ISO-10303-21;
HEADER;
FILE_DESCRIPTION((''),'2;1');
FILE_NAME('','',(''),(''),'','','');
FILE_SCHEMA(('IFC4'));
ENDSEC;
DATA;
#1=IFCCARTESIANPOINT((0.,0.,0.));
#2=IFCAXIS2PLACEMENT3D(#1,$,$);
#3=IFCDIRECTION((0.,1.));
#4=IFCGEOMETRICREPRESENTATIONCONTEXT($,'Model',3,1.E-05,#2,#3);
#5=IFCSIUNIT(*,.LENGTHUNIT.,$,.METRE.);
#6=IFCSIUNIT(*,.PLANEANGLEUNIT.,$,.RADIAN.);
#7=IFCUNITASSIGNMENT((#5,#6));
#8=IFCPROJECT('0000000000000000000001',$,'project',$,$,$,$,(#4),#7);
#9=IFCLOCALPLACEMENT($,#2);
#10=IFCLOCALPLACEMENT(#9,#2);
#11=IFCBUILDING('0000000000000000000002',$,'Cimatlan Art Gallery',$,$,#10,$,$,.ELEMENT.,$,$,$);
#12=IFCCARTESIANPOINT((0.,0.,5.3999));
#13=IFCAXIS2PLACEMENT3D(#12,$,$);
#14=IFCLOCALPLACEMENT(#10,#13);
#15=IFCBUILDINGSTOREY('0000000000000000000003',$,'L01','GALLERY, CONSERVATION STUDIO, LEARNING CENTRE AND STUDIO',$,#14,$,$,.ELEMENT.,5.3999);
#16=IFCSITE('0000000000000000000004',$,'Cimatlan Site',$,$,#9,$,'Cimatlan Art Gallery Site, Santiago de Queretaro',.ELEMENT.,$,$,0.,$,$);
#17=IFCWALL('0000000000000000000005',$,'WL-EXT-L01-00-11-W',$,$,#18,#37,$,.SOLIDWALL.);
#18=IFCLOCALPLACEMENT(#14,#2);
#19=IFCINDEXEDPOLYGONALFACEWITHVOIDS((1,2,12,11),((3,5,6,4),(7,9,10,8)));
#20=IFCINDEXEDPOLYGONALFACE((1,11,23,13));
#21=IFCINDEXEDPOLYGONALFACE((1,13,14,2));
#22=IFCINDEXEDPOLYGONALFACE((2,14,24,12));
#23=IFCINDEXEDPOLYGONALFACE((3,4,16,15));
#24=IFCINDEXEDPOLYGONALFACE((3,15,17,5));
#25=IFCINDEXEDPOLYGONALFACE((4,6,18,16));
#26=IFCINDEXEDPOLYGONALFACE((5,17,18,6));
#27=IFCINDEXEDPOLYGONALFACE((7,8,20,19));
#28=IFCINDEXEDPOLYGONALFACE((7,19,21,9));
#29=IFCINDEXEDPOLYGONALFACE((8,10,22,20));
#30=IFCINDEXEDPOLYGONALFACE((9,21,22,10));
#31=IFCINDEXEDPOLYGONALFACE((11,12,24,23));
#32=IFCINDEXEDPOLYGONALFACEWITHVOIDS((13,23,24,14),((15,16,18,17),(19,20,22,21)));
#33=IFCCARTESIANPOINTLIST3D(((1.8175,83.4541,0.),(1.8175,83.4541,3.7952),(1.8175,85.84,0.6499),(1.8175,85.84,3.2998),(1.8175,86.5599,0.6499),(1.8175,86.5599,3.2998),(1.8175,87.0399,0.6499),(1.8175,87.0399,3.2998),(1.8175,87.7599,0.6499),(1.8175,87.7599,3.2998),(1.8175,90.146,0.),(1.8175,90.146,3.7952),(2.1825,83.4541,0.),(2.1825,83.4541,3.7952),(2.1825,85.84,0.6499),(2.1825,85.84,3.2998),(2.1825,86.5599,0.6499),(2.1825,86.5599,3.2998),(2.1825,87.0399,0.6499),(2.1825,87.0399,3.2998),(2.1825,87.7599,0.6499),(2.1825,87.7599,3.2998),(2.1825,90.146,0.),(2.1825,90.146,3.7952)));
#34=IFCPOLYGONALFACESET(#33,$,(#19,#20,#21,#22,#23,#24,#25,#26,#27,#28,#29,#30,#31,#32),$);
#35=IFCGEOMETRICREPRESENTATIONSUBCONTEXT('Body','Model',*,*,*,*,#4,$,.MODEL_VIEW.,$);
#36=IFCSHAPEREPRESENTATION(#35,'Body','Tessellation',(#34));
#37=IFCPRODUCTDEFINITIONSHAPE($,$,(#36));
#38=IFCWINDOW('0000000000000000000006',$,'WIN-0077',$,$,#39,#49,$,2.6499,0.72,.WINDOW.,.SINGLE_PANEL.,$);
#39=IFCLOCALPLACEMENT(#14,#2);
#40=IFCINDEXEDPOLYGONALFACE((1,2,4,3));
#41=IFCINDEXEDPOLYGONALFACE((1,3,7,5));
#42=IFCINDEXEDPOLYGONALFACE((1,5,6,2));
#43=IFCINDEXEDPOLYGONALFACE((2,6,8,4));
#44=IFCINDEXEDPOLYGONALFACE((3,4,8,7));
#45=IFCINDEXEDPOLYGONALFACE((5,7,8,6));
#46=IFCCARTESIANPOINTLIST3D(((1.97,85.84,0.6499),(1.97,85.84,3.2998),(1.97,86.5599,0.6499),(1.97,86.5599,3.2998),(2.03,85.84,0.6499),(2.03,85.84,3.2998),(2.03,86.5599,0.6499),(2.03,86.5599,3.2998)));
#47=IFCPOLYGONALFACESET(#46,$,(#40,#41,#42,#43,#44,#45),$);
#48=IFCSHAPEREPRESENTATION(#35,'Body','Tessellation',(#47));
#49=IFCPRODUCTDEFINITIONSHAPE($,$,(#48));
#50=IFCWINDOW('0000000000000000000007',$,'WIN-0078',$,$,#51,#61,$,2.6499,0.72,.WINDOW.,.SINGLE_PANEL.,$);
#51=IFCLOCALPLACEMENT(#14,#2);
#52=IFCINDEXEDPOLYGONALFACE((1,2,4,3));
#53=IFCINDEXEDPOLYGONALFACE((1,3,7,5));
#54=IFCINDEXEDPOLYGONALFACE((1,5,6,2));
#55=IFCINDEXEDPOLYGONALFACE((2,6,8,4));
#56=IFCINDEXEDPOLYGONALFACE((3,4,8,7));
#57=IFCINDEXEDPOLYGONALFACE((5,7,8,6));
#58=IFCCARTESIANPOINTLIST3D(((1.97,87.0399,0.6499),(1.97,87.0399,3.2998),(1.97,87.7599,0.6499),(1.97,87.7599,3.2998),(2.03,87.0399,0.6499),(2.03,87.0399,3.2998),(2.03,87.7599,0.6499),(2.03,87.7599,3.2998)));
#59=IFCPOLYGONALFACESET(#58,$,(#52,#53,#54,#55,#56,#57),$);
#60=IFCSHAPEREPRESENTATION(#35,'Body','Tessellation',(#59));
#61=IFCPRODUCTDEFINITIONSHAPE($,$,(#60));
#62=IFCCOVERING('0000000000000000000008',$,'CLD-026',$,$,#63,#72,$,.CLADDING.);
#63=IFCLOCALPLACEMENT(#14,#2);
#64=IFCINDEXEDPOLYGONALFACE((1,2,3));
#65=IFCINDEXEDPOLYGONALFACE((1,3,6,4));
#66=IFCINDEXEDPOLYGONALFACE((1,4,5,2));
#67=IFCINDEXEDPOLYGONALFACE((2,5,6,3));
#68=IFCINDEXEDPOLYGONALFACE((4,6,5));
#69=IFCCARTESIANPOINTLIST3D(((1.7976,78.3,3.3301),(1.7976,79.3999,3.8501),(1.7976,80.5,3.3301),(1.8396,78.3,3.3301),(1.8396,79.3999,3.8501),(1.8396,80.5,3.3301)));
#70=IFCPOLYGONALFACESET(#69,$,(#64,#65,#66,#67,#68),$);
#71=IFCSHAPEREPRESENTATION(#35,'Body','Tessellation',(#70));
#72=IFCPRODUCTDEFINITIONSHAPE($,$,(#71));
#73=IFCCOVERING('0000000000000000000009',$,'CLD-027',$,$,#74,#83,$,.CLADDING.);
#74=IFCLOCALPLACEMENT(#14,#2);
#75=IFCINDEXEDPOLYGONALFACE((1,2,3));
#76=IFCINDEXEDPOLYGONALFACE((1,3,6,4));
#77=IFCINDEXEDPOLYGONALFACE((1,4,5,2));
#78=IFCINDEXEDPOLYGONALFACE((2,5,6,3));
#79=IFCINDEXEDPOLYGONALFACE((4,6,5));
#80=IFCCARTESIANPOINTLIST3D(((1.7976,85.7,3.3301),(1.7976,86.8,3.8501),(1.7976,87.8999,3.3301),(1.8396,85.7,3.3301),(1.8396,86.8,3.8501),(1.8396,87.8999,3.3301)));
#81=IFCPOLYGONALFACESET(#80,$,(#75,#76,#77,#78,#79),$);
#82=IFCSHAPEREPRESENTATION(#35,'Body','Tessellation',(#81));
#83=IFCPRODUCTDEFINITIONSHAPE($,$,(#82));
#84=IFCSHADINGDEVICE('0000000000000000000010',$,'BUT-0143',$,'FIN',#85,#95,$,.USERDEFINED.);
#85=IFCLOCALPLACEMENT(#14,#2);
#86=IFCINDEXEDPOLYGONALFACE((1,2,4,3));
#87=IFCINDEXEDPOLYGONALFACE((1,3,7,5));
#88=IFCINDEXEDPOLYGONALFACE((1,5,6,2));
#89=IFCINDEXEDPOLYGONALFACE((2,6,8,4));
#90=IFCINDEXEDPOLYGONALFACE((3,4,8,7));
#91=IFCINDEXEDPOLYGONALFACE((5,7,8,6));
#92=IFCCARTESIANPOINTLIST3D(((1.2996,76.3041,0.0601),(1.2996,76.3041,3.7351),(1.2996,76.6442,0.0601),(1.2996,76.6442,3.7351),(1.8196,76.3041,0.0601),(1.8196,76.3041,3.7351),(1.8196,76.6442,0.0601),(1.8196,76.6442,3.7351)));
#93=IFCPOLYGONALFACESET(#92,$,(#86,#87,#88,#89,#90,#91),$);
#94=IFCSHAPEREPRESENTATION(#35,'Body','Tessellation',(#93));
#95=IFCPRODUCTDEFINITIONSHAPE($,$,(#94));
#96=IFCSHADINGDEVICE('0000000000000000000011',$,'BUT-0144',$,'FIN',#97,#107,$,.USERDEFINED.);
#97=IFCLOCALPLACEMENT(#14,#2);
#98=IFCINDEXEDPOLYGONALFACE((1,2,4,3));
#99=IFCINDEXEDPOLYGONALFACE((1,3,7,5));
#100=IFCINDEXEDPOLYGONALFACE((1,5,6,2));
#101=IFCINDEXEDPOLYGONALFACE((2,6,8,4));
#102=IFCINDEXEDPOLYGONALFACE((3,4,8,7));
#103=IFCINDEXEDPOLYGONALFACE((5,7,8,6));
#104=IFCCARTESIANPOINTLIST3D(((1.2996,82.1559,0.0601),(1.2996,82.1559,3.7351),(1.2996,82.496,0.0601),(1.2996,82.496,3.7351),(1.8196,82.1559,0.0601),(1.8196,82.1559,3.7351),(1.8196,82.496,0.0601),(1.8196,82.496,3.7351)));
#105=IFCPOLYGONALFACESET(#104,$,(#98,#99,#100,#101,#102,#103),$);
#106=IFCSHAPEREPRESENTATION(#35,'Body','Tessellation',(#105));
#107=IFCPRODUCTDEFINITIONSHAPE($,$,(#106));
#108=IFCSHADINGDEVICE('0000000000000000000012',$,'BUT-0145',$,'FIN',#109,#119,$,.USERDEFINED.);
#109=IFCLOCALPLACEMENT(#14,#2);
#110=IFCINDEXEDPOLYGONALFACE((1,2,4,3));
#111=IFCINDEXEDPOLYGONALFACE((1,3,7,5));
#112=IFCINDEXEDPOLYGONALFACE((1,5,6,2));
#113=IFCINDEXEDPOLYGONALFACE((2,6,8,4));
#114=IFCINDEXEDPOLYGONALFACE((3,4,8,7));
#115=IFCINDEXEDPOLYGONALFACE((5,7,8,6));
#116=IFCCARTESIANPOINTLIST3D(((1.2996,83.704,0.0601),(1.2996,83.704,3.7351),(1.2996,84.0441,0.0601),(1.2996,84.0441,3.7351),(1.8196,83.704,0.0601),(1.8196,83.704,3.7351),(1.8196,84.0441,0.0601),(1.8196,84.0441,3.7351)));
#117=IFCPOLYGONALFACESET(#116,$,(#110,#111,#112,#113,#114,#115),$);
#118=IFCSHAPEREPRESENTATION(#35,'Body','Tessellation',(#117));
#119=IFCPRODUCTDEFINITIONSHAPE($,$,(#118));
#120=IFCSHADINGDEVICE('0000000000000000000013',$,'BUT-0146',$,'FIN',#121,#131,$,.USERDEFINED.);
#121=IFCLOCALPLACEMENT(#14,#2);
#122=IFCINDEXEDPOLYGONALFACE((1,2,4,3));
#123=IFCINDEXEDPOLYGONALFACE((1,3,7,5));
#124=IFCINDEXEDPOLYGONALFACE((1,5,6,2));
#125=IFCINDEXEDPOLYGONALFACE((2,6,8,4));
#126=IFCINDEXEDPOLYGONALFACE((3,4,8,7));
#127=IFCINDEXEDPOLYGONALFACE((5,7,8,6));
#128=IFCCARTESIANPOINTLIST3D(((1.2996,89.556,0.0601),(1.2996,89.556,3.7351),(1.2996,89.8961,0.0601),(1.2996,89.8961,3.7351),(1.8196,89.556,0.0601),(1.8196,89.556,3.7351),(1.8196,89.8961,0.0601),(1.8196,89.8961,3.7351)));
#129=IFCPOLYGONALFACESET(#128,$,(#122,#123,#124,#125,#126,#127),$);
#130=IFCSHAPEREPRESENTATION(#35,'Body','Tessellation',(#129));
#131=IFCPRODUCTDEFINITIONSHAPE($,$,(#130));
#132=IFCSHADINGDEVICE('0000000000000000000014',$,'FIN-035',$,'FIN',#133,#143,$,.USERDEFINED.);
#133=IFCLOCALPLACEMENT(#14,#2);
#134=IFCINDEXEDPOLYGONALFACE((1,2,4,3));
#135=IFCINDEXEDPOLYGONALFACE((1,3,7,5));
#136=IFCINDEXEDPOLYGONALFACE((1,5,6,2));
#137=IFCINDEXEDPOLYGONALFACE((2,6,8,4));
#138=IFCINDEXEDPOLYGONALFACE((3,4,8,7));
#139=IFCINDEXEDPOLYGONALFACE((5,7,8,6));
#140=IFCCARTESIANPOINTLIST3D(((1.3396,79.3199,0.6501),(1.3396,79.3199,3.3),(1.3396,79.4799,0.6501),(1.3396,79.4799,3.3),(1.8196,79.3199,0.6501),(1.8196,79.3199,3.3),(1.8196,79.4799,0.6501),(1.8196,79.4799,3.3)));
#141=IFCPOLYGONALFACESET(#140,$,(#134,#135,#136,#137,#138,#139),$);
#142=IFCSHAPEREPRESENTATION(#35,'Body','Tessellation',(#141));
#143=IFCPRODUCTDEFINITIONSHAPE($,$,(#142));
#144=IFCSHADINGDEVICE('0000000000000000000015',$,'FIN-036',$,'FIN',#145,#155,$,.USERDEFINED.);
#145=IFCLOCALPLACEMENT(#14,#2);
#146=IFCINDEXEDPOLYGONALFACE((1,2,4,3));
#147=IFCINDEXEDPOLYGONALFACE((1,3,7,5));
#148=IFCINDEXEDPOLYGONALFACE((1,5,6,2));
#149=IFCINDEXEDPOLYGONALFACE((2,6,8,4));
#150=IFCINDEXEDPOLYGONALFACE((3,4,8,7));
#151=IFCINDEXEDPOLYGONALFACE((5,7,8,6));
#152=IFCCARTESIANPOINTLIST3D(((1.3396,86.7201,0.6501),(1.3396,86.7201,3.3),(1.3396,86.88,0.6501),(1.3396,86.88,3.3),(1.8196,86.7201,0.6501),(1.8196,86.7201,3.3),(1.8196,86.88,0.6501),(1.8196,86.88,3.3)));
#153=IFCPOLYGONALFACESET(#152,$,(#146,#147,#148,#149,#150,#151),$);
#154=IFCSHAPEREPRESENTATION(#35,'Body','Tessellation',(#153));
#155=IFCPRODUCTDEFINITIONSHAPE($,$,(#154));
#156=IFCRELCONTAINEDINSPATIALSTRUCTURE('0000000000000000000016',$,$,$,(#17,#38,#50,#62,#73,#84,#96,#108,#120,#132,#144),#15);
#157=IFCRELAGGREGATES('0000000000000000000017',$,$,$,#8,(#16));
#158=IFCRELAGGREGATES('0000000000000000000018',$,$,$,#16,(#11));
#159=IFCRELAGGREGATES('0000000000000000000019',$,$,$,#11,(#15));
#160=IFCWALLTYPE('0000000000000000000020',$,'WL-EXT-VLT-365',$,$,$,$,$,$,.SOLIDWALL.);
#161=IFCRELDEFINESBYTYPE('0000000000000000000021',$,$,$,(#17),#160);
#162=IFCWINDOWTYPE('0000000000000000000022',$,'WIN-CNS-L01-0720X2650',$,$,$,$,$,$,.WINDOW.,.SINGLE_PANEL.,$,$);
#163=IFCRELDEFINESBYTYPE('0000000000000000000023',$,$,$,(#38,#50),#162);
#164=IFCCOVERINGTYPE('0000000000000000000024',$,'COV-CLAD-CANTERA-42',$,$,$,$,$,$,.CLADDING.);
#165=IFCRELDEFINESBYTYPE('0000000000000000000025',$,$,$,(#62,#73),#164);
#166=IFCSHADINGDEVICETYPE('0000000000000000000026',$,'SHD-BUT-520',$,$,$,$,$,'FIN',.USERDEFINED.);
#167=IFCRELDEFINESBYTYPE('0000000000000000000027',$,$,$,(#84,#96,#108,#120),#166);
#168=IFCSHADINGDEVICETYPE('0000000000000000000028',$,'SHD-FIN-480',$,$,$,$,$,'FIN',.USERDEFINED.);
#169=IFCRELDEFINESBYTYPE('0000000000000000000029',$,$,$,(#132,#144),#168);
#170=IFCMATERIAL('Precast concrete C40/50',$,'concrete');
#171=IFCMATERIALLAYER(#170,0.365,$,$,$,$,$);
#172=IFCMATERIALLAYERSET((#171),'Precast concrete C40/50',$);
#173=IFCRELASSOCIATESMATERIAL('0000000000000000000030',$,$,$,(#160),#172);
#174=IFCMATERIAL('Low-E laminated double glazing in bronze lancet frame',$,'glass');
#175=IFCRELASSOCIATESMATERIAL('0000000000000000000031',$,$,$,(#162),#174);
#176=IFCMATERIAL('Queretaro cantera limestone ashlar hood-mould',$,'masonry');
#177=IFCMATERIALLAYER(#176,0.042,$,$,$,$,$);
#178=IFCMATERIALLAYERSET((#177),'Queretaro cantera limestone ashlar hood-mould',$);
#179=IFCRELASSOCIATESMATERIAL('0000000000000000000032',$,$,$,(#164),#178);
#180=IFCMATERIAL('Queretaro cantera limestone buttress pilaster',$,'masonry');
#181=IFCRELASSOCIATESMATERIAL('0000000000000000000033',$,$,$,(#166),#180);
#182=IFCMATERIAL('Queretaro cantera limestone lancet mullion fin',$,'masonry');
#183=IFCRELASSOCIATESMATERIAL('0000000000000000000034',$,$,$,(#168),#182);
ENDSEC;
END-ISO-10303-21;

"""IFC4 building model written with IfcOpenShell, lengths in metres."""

from ifc_helpers import new_model, si_unit, direction, frame, frame_2d, origin, origin_2d, place, context, subcontext, project, spatial, polyline, rectangle, outline, extrude, material, layer, layer_set, type_object, element, fill, save


model = new_model("IFC4")

# Units and contexts
model_context = context("Model", 3, precision=1e-05, world=origin(), true_north=direction((0.0, 1.0)))
body_context = subcontext(model_context, "Body", "Model", "MODEL_VIEW")
ifc_project = project(units=[si_unit("LENGTHUNIT", "METRE"), si_unit("PLANEANGLEUNIT", "RADIAN")], contexts=[model_context])

# Site, building, storey
site_placement = place(None, origin())
site = spatial("IfcSite", under=ifc_project, at=site_placement, Name="Cimatlan Site", LongName="Cimatlan Art Gallery Site, Santiago de Queretaro", CompositionType="ELEMENT", RefElevation=0.0)
building_placement = place(site_placement, origin())
building = spatial("IfcBuilding", under=site, at=building_placement, Name="Cimatlan Art Gallery", CompositionType="ELEMENT")
storey_placement = place(building_placement, frame((0.0, 0.0, 5.3999)))
storey = spatial("IfcBuildingStorey", under=building, at=storey_placement, Name="L01", Description="GALLERY, CONSERVATION STUDIO, LEARNING CENTRE AND STUDIO", CompositionType="ELEMENT", Elevation=5.3999)

# Wall, openings, windows
ifc_material_1 = material(Name="Precast concrete C40/50", Category="concrete")
ifc_layer_1 = layer(ifc_material_1, 0.365)
ifc_layer_set_1 = layer_set([ifc_layer_1], Name="Precast concrete C40/50")
wall_type = type_object("IfcWallType", Name="WL-EXT-VLT-365", PredefinedType="SOLIDWALL", material=ifc_layer_set_1)
ifc_material_2 = material(Name="Low-E laminated double glazing in bronze lancet frame", Category="glass")
window_type = type_object("IfcWindowType", Name="WIN-CNS-L01-0720X2650", PartitioningType="SINGLE_PANEL", PredefinedType="WINDOW", material=ifc_material_2)
wall_1_placement = place(storey_placement, frame((2.0, 83.4541, 0.0), z_axis=(0.0, 0.0, 1.0), x_axis=(0.0, 1.0, 0.0)))
wall_1 = element("IfcWall", 1, at=wall_1_placement, inside=storey, type_object=wall_type, Name="WL-EXT-L01-00-11-W", PredefinedType="SOLIDWALL", context=body_context, shape_type="SweptSolid", body=[
    extrude(rectangle(XDim=6.6919, YDim=0.365, at=frame_2d((3.3459, 0.0))), origin(), (0.0, 0.0, 1.0), 3.7952),
])
opening_1_placement = place(wall_1_placement, frame((2.386, 0.0, 0.6499)))
opening_1 = element("IfcOpeningElement", 2, at=opening_1_placement, cuts=wall_1, PredefinedType="OPENING", context=body_context, shape_type="SweptSolid", body=[
    extrude(rectangle(XDim=0.72, YDim=2.6499, at=frame_2d((0.3599, 1.325))), frame((0.0, 0.1924, 0.0), z_axis=(0.0, -1.0, 0.0), x_axis=(1.0, 0.0, 0.0)), (0.0, 0.0, 1.0), 0.385),
])
opening_2_placement = place(wall_1_placement, frame((3.5859, 0.0, 0.6499)))
opening_2 = element("IfcOpeningElement", 3, at=opening_2_placement, cuts=wall_1, PredefinedType="OPENING", context=body_context, shape_type="SweptSolid", body=[
    extrude(rectangle(XDim=0.72, YDim=2.6499, at=frame_2d((0.3599, 1.325))), frame((0.0, 0.1924, 0.0), z_axis=(0.0, -1.0, 0.0), x_axis=(1.0, 0.0, 0.0)), (0.0, 0.0, 1.0), 0.385),
])
window_1_placement = place(opening_1_placement, origin())
window_1 = element("IfcWindow", 4, at=window_1_placement, inside=storey, type_object=window_type, Name="WIN-0077", OverallHeight=2.6499, OverallWidth=0.72, PartitioningType="SINGLE_PANEL", PredefinedType="WINDOW", context=body_context, shape_type="SweptSolid", body=[
    extrude(rectangle(XDim=0.72, YDim=2.6499, at=frame_2d((0.3599, 1.325))), frame((0.0, 0.03, 0.0), z_axis=(0.0, -1.0, 0.0), x_axis=(1.0, 0.0, 0.0)), (0.0, 0.0, 1.0), 0.0601),
])
fill(opening_1, window_1)
window_2_placement = place(opening_2_placement, origin())
window_2 = element("IfcWindow", 5, at=window_2_placement, inside=storey, type_object=window_type, Name="WIN-0078", OverallHeight=2.6499, OverallWidth=0.72, PartitioningType="SINGLE_PANEL", PredefinedType="WINDOW", context=body_context, shape_type="SweptSolid", body=[
    extrude(rectangle(XDim=0.72, YDim=2.6499, at=frame_2d((0.3599, 1.325))), frame((0.0, 0.03, 0.0), z_axis=(0.0, -1.0, 0.0), x_axis=(1.0, 0.0, 0.0)), (0.0, 0.0, 1.0), 0.0601),
])
fill(opening_2, window_2)

# Coverings
ifc_material_3 = material(Name="Queretaro cantera limestone ashlar hood-mould", Category="masonry")
ifc_layer_2 = layer(ifc_material_3, 0.042)
ifc_layer_set_2 = layer_set([ifc_layer_2], Name="Queretaro cantera limestone ashlar hood-mould")
covering_type = type_object("IfcCoveringType", Name="COV-CLAD-CANTERA-42", PredefinedType="CLADDING", material=ifc_layer_set_2)
covering_1_placement = place(storey_placement, frame((1.8396, 78.3, 3.3301), z_axis=(1.0, 0.0, 0.0), x_axis=(0.0, 1.0, 0.0)))
element("IfcCovering", 6, at=covering_1_placement, inside=storey, type_object=covering_type, Name="CLD-026", PredefinedType="CLADDING", context=body_context, shape_type="SweptSolid", body=[
    extrude(outline(polyline([(0.0, 0.0), (2.2, 0.0), (1.0999, 0.52), (0.0, 0.0)])), origin(), (0.0, 0.0, -1.0), 0.042),
])
covering_2_placement = place(storey_placement, frame((1.8396, 85.7, 3.3301), z_axis=(1.0, 0.0, 0.0), x_axis=(0.0, 1.0, 0.0)))
element("IfcCovering", 7, at=covering_2_placement, inside=storey, type_object=covering_type, Name="CLD-027", PredefinedType="CLADDING", context=body_context, shape_type="SweptSolid", body=[
    extrude(outline(polyline([(0.0, 0.0), (2.2, 0.0), (1.1001, 0.52), (0.0, 0.0)])), origin(), (0.0, 0.0, -1.0), 0.042),
])

# Shading devices
ifc_material_4 = material(Name="Queretaro cantera limestone buttress pilaster", Category="masonry")
shading_device_type_1 = type_object("IfcShadingDeviceType", Name="SHD-BUT-520", ElementType="FIN", PredefinedType="USERDEFINED", material=ifc_material_4)
for number, where, z_axis, x_axis, name in (
    (8, (1.5596, 76.4741, 0.0601), (0.0, 0.0, 1.0), (0.0, 1.0, 0.0), "BUT-0143"),
    (9, (1.5596, 82.3259, 0.0601), (0.0, 0.0, 1.0), (0.0, 1.0, 0.0), "BUT-0144"),
    (10, (1.5596, 83.874, 0.0601), (0.0, 0.0, 1.0), (0.0, 1.0, 0.0), "BUT-0145"),
    (11, (1.5596, 89.7261, 0.0601), (0.0, 0.0, 1.0), (0.0, 1.0, 0.0), "BUT-0146"),
):
    element("IfcShadingDevice", number, at=place(storey_placement, frame(where, z_axis=z_axis, x_axis=x_axis)), inside=storey, type_object=shading_device_type_1, Name=name, ObjectType="FIN", PredefinedType="USERDEFINED", context=body_context, shape_type="SweptSolid", body=[
        extrude(rectangle(XDim=0.3401, YDim=0.52, at=origin_2d()), origin(), (0.0, 0.0, 1.0), 3.675),
    ])
ifc_material_5 = material(Name="Queretaro cantera limestone lancet mullion fin", Category="masonry")
shading_device_type_2 = type_object("IfcShadingDeviceType", Name="SHD-FIN-480", ElementType="FIN", PredefinedType="USERDEFINED", material=ifc_material_5)
for number, where, z_axis, x_axis, name in (
    (12, (1.5796, 79.3999, 0.6501), (0.0, 0.0, 1.0), (0.0, 1.0, 0.0), "FIN-035"),
    (13, (1.5796, 86.8, 0.6501), (0.0, 0.0, 1.0), (0.0, 1.0, 0.0), "FIN-036"),
):
    element("IfcShadingDevice", number, at=place(storey_placement, frame(where, z_axis=z_axis, x_axis=x_axis)), inside=storey, type_object=shading_device_type_2, Name=name, ObjectType="FIN", PredefinedType="USERDEFINED", context=body_context, shape_type="SweptSolid", body=[
        extrude(rectangle(XDim=0.1599, YDim=0.48, at=origin_2d()), origin(), (0.0, 0.0, 1.0), 2.6499),
    ])

save(model, "model.ifc")
